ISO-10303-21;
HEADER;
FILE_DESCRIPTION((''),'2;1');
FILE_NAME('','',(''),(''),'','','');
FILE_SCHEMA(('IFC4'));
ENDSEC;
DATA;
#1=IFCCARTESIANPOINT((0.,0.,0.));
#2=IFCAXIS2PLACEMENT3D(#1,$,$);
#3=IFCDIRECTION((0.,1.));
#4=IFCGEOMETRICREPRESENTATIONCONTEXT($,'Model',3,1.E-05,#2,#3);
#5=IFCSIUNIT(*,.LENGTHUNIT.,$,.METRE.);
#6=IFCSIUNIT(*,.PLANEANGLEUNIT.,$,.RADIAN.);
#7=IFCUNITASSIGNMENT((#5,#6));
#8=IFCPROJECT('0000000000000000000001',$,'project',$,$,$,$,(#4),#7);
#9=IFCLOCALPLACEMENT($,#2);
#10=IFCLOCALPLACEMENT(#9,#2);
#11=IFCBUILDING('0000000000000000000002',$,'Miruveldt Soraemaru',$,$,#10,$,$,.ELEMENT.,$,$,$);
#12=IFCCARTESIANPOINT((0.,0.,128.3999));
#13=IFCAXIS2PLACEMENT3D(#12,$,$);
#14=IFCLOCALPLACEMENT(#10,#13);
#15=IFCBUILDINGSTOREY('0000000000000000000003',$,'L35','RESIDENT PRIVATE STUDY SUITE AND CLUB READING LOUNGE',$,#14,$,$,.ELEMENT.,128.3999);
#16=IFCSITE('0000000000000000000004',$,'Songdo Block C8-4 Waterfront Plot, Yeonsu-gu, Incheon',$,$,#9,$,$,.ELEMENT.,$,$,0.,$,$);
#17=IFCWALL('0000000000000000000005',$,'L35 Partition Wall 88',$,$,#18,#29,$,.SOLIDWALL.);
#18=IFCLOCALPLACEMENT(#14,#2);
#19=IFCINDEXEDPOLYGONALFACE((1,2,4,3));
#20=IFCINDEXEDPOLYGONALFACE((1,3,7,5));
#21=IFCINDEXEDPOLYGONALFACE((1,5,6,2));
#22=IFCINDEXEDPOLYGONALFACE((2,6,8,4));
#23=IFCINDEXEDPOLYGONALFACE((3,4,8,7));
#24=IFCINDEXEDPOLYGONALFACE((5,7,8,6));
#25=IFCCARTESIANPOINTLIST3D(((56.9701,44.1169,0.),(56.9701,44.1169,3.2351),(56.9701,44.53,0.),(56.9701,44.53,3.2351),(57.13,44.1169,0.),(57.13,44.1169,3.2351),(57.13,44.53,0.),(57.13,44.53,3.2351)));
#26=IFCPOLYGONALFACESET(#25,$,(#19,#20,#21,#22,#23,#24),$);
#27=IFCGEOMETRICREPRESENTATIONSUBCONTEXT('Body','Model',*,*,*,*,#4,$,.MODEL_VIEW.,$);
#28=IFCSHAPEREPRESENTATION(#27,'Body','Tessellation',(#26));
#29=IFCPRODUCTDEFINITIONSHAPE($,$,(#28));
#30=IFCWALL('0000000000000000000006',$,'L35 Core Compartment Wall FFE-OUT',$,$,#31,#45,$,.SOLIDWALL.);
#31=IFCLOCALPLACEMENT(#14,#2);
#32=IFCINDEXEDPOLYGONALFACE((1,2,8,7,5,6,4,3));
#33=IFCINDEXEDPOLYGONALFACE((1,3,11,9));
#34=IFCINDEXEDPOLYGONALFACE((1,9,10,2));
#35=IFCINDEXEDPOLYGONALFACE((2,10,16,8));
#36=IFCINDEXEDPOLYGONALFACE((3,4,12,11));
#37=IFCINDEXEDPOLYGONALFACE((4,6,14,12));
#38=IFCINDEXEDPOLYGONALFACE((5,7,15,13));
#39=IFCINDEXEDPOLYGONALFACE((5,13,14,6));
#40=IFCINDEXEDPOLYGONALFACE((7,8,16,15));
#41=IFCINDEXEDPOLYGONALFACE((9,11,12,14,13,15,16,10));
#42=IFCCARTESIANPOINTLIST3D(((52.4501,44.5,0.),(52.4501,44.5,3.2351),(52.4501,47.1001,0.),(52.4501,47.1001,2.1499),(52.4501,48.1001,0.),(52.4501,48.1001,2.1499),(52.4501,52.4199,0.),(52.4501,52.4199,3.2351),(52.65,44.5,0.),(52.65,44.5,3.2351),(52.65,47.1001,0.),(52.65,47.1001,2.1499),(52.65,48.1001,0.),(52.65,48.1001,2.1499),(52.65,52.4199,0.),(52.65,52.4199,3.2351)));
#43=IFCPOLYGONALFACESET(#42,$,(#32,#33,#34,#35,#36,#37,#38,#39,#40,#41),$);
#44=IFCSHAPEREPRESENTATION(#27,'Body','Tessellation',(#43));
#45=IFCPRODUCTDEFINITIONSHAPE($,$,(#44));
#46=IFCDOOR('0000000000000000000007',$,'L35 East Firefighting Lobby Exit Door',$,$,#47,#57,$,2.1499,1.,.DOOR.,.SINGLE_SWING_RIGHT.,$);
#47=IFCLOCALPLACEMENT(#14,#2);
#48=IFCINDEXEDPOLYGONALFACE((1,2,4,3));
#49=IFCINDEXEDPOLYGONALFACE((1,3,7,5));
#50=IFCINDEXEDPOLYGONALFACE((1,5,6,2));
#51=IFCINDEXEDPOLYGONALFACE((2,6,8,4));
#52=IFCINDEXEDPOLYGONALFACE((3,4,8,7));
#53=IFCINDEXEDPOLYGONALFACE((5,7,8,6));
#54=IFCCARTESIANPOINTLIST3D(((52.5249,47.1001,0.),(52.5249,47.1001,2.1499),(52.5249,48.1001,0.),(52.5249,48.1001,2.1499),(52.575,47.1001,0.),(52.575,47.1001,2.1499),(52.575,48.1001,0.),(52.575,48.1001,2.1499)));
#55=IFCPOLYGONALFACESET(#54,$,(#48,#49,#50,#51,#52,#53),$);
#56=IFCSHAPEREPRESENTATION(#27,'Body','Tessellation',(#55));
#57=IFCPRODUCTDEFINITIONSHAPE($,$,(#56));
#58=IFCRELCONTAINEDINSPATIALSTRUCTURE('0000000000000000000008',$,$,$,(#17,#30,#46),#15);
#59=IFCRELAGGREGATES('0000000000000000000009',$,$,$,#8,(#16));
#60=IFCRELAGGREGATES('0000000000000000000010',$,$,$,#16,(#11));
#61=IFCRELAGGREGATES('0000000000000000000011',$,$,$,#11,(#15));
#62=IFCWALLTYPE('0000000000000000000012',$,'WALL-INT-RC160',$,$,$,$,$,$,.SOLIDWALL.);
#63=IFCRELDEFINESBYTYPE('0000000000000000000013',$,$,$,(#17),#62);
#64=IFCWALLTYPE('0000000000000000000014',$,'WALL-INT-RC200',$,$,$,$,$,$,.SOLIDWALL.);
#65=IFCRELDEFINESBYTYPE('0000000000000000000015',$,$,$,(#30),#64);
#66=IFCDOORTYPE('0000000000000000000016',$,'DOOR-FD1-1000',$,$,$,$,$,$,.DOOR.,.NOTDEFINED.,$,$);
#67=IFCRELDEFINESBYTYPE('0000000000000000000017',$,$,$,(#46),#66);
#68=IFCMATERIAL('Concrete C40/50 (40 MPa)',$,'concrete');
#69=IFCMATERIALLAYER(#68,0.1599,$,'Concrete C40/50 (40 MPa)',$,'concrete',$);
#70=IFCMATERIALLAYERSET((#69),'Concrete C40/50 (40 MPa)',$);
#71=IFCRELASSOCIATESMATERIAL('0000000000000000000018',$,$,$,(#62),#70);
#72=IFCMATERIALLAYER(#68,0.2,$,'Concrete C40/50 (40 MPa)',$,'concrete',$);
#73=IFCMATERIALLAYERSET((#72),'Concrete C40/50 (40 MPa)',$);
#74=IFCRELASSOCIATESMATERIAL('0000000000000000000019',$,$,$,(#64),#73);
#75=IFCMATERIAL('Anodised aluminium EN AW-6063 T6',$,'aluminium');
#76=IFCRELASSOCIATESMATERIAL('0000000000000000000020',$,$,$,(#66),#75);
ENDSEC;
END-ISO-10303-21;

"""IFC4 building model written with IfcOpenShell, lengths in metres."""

from ifc_helpers import new_model, si_unit, direction, frame, frame_2d, origin, place, context, subcontext, project, spatial, rectangle, extrude, material, layer, layer_set, type_object, element, fill, save


model = new_model("IFC4")

# Units and contexts
model_context = context("Model", 3, precision=1e-05, world=origin(), true_north=direction((0.0, 1.0)))
body_context = subcontext(model_context, "Body", "Model", "MODEL_VIEW")
ifc_project = project(units=[si_unit("LENGTHUNIT", "METRE"), si_unit("PLANEANGLEUNIT", "RADIAN")], contexts=[model_context])

# Site, building, storey
site_placement = place(None, origin())
site = spatial("IfcSite", under=ifc_project, at=site_placement, Name="Songdo Block C8-4 Waterfront Plot, Yeonsu-gu, Incheon", CompositionType="ELEMENT", RefElevation=0.0)
building_placement = place(site_placement, origin())
building = spatial("IfcBuilding", under=site, at=building_placement, Name="Miruveldt Soraemaru", CompositionType="ELEMENT")
storey_placement = place(building_placement, frame((0.0, 0.0, 128.3999)))
storey = spatial("IfcBuildingStorey", under=building, at=storey_placement, Name="L35", Description="RESIDENT PRIVATE STUDY SUITE AND CLUB READING LOUNGE", CompositionType="ELEMENT", Elevation=128.3999)

# Shared definitions
ifc_material_1 = material(Name="Anodised aluminium EN AW-6063 T6", Category="aluminium")

# Shared definitions
ifc_material_2 = material(Name="Concrete C40/50 (40 MPa)", Category="concrete")
ifc_layer_1 = layer(ifc_material_2, 0.1599, Name="Concrete C40/50 (40 MPa)", Category="concrete")
ifc_layer_set_1 = layer_set([ifc_layer_1], Name="Concrete C40/50 (40 MPa)")
wall_type_1 = type_object("IfcWallType", Name="WALL-INT-RC160", PredefinedType="SOLIDWALL", material=ifc_layer_set_1)

# Wall
wall_1_placement = place(storey_placement, frame((57.05, 44.1169, 0.0), z_axis=(0.0, 0.0, 1.0), x_axis=(0.0, 1.0, 0.0)))
element("IfcWall", 1, at=wall_1_placement, inside=storey, type_object=wall_type_1, Name="L35 Partition Wall 88", PredefinedType="SOLIDWALL", context=body_context, shape_type="SweptSolid", body=[
    extrude(rectangle(XDim=0.4131, YDim=0.1599, at=frame_2d((0.2065, 0.0))), origin(), (0.0, 0.0, 1.0), 3.2351),
])

# Wall, opening, door
ifc_layer_2 = layer(ifc_material_2, 0.2, Name="Concrete C40/50 (40 MPa)", Category="concrete")
ifc_layer_set_2 = layer_set([ifc_layer_2], Name="Concrete C40/50 (40 MPa)")
wall_type_2 = type_object("IfcWallType", Name="WALL-INT-RC200", PredefinedType="SOLIDWALL", material=ifc_layer_set_2)
wall_2_placement = place(storey_placement, frame((52.55, 44.5, 0.0), z_axis=(0.0, 0.0, 1.0), x_axis=(0.0, 1.0, 0.0)))
wall_2 = element("IfcWall", 2, at=wall_2_placement, inside=storey, type_object=wall_type_2, Name="L35 Core Compartment Wall FFE-OUT", PredefinedType="SOLIDWALL", context=body_context, shape_type="SweptSolid", body=[
    extrude(rectangle(XDim=7.9199, YDim=0.2, at=frame_2d((3.96, 0.0))), origin(), (0.0, 0.0, 1.0), 3.2351),
])
opening_1_placement = place(wall_2_placement, frame((2.6001, 0.0, 0.0)))
opening_1 = element("IfcOpeningElement", 3, at=opening_1_placement, cuts=wall_2, PredefinedType="OPENING", context=body_context, shape_type="SweptSolid", body=[
    extrude(rectangle(XDim=1.0, YDim=2.1499, at=frame_2d((0.5, 1.075))), frame((0.0, 0.1099, 0.0), z_axis=(0.0, -1.0, 0.0), x_axis=(1.0, 0.0, 0.0)), (0.0, 0.0, 1.0), 0.22),
])
door_type_1 = type_object("IfcDoorType", Name="DOOR-FD1-1000", OperationType="NOTDEFINED", PredefinedType="DOOR", material=ifc_material_1)
door_1_placement = place(opening_1_placement, frame((1.0, 0.0, 0.0), z_axis=(0.0, 0.0, 1.0), x_axis=(-1.0, 0.0, 0.0)))
door_1 = element("IfcDoor", 4, at=door_1_placement, inside=storey, type_object=door_type_1, Name="L35 East Firefighting Lobby Exit Door", OperationType="SINGLE_SWING_RIGHT", OverallHeight=2.1499, OverallWidth=1.0, PredefinedType="DOOR", context=body_context, shape_type="SweptSolid", body=[
    extrude(rectangle(XDim=1.0, YDim=2.1499, at=frame_2d((0.5, 1.075))), frame((0.0, 0.0249, 0.0), z_axis=(0.0, -1.0, 0.0), x_axis=(1.0, 0.0, 0.0)), (0.0, 0.0, 1.0), 0.05),
])
fill(opening_1, door_1)

save(model, "model.ifc")
